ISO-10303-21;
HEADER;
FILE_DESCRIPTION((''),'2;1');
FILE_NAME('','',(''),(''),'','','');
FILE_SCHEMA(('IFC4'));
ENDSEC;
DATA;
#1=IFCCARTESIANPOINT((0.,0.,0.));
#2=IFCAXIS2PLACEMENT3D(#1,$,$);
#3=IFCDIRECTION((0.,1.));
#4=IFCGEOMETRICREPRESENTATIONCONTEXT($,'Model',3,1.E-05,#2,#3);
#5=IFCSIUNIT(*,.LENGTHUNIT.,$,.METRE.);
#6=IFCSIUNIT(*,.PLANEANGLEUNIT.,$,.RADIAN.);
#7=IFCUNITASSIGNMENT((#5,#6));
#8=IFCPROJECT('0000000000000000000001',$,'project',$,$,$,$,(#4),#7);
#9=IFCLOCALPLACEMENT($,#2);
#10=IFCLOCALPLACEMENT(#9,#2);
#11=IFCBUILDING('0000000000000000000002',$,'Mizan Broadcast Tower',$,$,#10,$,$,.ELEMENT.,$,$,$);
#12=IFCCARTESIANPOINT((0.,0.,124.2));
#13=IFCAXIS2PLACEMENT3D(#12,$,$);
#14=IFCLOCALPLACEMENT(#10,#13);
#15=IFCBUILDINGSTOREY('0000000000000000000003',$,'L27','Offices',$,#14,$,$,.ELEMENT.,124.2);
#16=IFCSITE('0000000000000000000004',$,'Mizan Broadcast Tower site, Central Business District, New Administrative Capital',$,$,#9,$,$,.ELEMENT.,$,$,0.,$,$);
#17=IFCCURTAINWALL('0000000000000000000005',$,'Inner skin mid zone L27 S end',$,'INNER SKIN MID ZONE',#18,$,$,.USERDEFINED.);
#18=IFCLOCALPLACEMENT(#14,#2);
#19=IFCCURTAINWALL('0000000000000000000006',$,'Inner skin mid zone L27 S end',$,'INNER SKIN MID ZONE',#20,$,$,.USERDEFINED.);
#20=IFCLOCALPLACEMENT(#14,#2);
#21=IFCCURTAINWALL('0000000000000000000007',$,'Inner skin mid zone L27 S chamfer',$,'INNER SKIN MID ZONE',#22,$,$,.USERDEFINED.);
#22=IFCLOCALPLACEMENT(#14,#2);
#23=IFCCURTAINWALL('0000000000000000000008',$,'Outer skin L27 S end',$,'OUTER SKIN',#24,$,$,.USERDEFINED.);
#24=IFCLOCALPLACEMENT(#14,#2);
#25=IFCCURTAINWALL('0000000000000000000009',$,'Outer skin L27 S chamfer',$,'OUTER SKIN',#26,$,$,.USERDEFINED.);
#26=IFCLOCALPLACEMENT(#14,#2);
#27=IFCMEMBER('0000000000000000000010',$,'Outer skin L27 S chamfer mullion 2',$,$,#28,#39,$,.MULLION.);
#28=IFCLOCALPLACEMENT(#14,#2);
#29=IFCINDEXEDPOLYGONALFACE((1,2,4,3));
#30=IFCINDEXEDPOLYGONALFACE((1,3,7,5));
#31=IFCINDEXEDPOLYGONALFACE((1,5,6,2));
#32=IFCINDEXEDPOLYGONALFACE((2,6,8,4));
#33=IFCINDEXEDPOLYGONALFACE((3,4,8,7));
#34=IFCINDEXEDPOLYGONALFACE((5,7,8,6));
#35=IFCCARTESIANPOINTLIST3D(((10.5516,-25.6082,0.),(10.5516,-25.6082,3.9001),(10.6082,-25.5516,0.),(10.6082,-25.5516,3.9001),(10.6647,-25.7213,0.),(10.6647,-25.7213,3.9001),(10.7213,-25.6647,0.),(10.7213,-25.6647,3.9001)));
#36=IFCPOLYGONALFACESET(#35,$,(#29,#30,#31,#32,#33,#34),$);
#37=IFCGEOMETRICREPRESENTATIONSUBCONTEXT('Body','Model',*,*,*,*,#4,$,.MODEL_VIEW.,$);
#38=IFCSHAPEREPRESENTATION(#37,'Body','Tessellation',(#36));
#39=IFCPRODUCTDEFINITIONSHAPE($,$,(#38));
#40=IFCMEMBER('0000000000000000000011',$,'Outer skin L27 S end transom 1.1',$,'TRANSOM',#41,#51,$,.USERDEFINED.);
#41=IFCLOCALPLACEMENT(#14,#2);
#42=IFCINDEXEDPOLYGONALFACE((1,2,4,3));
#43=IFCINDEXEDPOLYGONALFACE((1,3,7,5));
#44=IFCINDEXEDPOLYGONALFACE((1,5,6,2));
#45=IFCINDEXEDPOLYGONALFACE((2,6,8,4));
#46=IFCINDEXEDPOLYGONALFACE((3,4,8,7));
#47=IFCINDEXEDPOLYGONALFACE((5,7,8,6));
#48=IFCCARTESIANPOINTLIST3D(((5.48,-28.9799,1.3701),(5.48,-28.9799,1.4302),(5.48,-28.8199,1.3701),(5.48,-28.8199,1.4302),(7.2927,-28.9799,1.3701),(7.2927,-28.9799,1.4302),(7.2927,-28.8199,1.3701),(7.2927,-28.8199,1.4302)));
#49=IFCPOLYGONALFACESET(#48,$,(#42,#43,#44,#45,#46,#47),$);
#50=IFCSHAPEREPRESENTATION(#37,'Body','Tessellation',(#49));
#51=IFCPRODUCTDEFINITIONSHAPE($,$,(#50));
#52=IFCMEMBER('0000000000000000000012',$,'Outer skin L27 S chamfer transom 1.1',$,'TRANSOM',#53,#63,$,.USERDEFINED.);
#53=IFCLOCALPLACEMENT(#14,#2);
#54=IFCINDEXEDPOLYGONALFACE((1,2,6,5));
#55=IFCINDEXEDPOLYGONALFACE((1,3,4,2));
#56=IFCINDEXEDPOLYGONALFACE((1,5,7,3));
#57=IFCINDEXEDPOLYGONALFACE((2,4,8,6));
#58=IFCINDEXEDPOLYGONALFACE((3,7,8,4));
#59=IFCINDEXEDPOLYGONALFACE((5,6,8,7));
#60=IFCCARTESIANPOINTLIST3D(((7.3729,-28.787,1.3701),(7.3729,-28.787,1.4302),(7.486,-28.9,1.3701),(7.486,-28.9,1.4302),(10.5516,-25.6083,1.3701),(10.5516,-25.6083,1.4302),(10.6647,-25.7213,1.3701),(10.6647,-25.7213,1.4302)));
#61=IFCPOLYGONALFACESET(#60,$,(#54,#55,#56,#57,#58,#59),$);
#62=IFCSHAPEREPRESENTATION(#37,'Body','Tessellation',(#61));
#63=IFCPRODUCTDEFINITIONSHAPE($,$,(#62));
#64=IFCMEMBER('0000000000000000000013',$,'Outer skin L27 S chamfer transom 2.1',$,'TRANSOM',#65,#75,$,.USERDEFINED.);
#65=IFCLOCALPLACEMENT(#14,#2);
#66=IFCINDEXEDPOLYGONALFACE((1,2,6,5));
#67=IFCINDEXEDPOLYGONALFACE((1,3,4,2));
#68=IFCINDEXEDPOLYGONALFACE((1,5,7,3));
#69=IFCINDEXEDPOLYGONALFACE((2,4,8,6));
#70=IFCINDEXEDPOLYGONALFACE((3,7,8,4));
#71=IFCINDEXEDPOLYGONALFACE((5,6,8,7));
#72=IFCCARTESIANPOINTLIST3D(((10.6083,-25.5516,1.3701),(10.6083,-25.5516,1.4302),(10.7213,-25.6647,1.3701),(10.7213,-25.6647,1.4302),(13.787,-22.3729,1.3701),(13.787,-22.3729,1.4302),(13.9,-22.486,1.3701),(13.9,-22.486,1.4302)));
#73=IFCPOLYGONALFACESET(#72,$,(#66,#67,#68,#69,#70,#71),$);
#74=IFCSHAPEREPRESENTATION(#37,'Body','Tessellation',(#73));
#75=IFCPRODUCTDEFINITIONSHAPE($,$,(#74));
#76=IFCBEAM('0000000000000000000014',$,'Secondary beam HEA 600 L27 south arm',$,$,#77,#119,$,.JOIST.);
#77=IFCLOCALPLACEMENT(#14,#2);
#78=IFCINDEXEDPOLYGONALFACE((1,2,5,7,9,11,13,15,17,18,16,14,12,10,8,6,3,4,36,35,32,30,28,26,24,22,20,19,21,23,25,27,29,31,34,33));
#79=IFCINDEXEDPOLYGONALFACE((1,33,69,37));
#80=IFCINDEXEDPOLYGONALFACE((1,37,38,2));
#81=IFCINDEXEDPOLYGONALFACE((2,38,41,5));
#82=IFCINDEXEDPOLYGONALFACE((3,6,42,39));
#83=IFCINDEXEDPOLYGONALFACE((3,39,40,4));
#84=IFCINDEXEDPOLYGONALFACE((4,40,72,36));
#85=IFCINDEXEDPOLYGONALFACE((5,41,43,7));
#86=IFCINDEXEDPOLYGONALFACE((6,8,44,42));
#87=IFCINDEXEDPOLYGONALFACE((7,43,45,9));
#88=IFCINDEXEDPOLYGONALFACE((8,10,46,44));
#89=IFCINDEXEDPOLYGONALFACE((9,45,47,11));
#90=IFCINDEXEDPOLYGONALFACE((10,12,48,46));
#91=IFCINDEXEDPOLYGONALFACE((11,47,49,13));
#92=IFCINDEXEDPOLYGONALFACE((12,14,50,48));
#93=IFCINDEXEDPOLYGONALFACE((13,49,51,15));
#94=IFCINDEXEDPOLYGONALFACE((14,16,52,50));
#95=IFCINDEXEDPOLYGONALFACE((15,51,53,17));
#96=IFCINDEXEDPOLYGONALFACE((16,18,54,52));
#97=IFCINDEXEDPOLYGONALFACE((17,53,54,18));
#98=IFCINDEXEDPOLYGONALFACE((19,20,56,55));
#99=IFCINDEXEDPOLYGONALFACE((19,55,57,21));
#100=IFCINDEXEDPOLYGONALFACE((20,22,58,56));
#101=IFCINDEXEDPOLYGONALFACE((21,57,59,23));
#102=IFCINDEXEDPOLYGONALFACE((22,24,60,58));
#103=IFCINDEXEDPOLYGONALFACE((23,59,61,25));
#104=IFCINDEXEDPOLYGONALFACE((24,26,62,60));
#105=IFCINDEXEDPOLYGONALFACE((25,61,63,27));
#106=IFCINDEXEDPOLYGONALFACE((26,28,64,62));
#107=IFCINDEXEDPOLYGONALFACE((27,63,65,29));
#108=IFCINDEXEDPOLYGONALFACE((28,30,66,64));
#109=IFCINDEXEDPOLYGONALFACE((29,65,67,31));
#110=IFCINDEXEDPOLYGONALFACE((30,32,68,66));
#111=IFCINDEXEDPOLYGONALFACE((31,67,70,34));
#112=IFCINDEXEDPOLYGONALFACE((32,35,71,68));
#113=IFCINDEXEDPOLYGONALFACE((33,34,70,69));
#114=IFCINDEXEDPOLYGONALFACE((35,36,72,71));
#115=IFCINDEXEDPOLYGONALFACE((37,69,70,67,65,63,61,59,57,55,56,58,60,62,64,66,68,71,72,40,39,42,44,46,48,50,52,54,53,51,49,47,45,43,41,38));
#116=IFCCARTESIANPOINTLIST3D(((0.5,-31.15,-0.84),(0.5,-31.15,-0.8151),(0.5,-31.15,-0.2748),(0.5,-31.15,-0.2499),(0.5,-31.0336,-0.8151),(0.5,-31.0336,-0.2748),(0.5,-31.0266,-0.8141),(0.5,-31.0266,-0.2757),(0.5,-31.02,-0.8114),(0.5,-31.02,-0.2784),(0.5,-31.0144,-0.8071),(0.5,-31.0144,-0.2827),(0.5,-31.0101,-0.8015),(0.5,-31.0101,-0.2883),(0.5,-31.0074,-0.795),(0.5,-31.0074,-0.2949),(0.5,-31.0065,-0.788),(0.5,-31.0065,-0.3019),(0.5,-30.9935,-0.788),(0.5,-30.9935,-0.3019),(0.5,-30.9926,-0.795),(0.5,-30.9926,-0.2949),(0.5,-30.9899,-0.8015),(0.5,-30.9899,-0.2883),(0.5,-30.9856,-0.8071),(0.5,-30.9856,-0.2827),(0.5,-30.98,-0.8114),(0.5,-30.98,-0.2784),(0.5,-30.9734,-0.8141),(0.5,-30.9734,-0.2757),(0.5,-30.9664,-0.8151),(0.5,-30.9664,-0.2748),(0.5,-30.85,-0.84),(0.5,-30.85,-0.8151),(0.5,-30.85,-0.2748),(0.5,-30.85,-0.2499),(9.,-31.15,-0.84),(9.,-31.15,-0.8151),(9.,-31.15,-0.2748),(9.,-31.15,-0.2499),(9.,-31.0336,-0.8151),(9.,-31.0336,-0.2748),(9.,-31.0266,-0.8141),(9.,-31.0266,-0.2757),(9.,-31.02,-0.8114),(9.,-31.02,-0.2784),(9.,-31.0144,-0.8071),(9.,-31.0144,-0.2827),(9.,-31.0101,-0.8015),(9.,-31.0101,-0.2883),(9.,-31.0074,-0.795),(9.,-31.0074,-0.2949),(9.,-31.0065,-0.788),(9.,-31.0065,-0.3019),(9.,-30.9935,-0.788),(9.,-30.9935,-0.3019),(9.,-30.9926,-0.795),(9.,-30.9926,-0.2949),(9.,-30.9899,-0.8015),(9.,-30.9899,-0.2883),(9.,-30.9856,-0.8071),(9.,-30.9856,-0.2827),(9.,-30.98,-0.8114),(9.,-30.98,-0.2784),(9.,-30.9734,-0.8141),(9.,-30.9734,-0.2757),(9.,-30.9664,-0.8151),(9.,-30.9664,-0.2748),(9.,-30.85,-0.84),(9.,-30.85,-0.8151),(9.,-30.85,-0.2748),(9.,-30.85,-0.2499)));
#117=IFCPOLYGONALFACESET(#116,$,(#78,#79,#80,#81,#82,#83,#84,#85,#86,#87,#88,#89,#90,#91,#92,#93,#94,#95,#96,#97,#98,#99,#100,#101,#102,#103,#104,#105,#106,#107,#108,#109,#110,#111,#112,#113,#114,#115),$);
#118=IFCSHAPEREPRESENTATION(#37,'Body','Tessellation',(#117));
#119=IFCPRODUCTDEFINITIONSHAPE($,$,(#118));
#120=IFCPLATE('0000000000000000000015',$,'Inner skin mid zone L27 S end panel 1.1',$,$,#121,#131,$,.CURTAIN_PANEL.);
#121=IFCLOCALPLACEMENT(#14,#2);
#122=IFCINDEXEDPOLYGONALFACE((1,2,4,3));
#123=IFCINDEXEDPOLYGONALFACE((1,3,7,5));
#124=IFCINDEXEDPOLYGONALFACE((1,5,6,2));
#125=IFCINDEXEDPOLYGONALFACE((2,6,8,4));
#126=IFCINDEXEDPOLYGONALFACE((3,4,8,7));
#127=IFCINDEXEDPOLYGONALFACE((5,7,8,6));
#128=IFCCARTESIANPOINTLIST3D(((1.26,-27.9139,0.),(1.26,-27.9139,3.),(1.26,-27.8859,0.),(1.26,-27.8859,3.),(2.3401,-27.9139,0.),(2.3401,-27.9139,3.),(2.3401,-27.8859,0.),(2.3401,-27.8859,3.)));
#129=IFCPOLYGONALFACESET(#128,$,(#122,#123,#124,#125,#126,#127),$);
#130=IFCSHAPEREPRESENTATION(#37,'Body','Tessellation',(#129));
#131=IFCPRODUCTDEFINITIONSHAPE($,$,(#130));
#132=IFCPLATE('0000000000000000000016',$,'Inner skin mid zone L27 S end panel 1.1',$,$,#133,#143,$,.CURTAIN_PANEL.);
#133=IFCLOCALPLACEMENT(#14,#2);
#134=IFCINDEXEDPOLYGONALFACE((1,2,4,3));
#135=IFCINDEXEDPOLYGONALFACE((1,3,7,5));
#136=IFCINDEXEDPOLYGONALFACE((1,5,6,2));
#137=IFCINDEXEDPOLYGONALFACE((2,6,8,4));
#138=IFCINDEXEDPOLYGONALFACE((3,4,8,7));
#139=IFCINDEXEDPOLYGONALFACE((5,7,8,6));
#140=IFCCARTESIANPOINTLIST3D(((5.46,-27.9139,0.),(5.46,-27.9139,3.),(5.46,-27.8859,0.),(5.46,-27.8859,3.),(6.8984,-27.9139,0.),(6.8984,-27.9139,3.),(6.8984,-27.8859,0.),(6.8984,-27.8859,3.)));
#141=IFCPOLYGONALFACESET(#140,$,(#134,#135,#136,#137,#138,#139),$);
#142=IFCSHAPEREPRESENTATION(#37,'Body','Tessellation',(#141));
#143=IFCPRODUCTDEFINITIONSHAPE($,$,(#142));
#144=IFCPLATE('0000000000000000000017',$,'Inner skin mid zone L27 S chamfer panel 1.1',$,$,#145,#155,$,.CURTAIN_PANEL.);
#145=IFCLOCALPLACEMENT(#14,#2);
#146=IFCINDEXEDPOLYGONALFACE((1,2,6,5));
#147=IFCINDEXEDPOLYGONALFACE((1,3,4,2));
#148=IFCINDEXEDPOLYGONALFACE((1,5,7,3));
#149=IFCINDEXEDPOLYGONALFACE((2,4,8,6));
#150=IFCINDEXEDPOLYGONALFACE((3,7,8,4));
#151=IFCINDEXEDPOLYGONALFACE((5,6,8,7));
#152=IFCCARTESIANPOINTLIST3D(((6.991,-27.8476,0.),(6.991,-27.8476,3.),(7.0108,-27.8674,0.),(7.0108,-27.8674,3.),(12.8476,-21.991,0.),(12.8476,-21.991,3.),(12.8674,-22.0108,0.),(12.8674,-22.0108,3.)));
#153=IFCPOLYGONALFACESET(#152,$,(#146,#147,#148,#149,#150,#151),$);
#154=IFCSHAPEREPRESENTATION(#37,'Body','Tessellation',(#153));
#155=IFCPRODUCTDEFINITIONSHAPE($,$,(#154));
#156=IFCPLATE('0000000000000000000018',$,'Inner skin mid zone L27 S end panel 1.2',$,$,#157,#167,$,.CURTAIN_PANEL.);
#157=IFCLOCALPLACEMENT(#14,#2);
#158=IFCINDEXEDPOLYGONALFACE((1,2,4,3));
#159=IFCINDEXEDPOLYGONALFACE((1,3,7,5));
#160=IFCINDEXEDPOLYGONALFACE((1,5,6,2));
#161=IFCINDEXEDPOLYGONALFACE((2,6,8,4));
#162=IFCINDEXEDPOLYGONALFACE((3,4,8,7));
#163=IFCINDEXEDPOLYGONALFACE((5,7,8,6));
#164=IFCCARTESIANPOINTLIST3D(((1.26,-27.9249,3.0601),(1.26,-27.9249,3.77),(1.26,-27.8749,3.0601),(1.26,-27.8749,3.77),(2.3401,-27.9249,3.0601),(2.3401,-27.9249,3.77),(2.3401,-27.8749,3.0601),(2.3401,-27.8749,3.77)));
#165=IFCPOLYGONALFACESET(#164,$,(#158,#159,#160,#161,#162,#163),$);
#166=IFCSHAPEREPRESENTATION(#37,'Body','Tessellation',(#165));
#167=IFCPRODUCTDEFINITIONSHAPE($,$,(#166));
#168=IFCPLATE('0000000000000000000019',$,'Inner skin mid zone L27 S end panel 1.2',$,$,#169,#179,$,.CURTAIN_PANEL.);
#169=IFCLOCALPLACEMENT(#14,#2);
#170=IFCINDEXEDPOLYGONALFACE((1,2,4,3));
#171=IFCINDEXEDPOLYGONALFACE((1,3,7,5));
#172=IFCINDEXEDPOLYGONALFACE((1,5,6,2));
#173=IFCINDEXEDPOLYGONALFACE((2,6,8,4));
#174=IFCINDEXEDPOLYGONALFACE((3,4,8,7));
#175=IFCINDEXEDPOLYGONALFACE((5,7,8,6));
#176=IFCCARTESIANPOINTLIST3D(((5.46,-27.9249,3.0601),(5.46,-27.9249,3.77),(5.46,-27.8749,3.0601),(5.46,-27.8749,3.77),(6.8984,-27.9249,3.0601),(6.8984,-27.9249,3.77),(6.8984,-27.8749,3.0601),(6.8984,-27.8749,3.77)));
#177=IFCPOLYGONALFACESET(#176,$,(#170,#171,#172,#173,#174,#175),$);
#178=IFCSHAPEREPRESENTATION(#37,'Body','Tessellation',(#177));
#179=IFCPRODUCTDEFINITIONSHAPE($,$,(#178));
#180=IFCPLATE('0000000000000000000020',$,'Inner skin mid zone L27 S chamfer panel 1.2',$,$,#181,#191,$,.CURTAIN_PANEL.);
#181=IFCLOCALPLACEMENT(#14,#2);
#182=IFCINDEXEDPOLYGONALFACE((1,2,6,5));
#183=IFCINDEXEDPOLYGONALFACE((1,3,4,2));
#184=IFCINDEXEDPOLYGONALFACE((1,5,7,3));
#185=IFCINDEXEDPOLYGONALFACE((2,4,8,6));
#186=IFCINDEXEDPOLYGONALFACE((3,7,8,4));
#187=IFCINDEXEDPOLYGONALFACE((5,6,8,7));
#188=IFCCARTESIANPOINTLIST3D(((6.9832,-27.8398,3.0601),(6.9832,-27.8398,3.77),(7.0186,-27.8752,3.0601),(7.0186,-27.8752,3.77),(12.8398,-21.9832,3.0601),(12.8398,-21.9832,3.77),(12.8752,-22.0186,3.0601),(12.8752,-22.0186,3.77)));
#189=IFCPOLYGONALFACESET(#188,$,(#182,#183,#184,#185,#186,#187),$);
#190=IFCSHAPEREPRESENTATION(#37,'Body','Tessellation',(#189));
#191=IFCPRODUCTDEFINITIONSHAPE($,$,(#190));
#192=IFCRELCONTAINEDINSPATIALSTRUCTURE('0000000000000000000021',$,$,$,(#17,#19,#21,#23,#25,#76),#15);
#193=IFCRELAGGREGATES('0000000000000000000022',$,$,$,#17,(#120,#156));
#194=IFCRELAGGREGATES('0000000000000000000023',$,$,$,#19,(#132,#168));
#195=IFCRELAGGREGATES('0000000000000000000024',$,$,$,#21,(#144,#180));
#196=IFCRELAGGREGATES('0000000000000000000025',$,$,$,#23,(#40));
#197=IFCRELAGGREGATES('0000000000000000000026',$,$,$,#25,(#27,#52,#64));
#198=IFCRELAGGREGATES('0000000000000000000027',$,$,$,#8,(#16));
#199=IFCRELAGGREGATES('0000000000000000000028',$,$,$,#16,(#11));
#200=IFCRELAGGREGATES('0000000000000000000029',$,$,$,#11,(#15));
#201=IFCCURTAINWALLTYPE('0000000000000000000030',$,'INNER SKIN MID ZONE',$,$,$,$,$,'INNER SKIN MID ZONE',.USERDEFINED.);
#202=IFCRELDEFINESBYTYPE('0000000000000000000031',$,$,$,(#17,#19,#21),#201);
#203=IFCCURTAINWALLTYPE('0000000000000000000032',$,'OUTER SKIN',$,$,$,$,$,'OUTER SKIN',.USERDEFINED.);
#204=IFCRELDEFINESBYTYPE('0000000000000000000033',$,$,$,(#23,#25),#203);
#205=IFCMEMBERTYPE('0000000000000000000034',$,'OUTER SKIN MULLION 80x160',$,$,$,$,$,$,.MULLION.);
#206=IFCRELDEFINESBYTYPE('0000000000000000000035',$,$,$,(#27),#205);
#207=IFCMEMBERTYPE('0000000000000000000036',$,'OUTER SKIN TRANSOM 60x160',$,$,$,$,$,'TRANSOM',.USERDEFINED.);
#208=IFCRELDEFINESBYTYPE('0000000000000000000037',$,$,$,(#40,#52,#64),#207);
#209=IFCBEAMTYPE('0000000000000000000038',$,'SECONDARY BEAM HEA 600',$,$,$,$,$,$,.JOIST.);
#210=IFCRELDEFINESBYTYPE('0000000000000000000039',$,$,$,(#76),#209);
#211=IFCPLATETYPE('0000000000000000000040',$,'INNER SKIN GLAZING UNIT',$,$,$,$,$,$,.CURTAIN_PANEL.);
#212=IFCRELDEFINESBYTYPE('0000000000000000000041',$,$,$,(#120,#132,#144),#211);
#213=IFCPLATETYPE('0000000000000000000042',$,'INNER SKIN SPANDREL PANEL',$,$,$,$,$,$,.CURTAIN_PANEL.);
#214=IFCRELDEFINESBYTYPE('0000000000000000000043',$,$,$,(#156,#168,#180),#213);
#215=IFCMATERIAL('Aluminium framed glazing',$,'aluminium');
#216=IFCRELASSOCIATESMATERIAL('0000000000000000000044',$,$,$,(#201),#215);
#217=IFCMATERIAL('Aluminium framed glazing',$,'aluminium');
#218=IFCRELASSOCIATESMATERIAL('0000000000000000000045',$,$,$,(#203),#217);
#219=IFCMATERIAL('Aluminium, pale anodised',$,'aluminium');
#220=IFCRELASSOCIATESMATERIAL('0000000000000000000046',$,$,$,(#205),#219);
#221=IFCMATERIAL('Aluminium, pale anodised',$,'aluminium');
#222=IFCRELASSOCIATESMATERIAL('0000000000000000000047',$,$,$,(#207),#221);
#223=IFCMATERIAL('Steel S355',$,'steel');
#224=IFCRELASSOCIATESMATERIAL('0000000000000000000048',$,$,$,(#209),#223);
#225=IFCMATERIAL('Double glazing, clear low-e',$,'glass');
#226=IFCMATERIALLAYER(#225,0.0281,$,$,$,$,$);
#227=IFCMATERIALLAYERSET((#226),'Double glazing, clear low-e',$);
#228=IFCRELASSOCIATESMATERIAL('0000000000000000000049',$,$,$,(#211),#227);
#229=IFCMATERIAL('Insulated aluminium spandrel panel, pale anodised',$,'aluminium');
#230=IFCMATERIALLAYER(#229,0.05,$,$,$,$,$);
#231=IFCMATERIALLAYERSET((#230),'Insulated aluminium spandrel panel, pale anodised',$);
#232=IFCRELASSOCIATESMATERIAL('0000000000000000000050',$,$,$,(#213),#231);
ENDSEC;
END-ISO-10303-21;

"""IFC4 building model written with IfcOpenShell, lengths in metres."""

from ifc_helpers import new_model, si_unit, direction, frame, origin, origin_2d, place, context, subcontext, project, spatial, rectangle, i_section, extrude, material, layer, layer_set, material_profile, profile_set, type_object, element, aggregate, save


model = new_model("IFC4")

# Units and contexts
model_context = context("Model", 3, precision=1e-05, world=origin(), true_north=direction((0.0, 1.0)))
body_context = subcontext(model_context, "Body", "Model", "MODEL_VIEW")
ifc_project = project(units=[si_unit("LENGTHUNIT", "METRE"), si_unit("PLANEANGLEUNIT", "RADIAN")], contexts=[model_context])

# Site, building, storey
site_placement = place(None, origin())
site = spatial("IfcSite", under=ifc_project, at=site_placement, Name="Mizan Broadcast Tower site, Central Business District, New Administrative Capital", CompositionType="ELEMENT", RefElevation=0.0)
building_placement = place(site_placement, origin())
building = spatial("IfcBuilding", under=site, at=building_placement, Name="Mizan Broadcast Tower", CompositionType="ELEMENT")
storey_placement = place(building_placement, frame((0.0, 0.0, 124.2)))
storey = spatial("IfcBuildingStorey", under=building, at=storey_placement, Name="L27", Description="Offices", CompositionType="ELEMENT", Elevation=124.2)

# Curtain walls
ifc_material_1 = material(Name="Aluminium framed glazing", Category="aluminium")
curtain_wall_type_1 = type_object("IfcCurtainWallType", Name="INNER SKIN MID ZONE", ElementType="INNER SKIN MID ZONE", PredefinedType="USERDEFINED", material=ifc_material_1)
curtain_wall_1_placement = place(storey_placement, origin())
curtain_wall_1 = element("IfcCurtainWall", 1, at=curtain_wall_1_placement, inside=storey, type_object=curtain_wall_type_1, Name="Inner skin mid zone L27 S end", ObjectType="INNER SKIN MID ZONE", PredefinedType="USERDEFINED")
curtain_wall_2_placement = place(storey_placement, origin())
curtain_wall_2 = element("IfcCurtainWall", 2, at=curtain_wall_2_placement, inside=storey, type_object=curtain_wall_type_1, Name="Inner skin mid zone L27 S end", ObjectType="INNER SKIN MID ZONE", PredefinedType="USERDEFINED")

# Curtain wall
curtain_wall_3_placement = place(storey_placement, origin())
curtain_wall_3 = element("IfcCurtainWall", 3, at=curtain_wall_3_placement, inside=storey, type_object=curtain_wall_type_1, Name="Inner skin mid zone L27 S chamfer", ObjectType="INNER SKIN MID ZONE", PredefinedType="USERDEFINED")
ifc_material_2 = material(Name="Aluminium framed glazing", Category="aluminium")
curtain_wall_type_2 = type_object("IfcCurtainWallType", Name="OUTER SKIN", ElementType="OUTER SKIN", PredefinedType="USERDEFINED", material=ifc_material_2)
ifc_material_3 = material(Name="Aluminium, pale anodised", Category="aluminium")
ifc_material_profile_1 = material_profile(ifc_material_3, rectangle(XDim=0.1599, YDim=0.0801, at=origin_2d()), Name="MULLION 160x80")
ifc_profile_set_1 = profile_set([ifc_material_profile_1], Name="Aluminium, pale anodised")
member_type_1 = type_object("IfcMemberType", Name="OUTER SKIN MULLION 80x160", PredefinedType="MULLION", material=ifc_profile_set_1)

# Curtain wall
curtain_wall_4_placement = place(storey_placement, origin())
curtain_wall_4 = element("IfcCurtainWall", 4, at=curtain_wall_4_placement, inside=storey, type_object=curtain_wall_type_2, Name="Outer skin L27 S end", ObjectType="OUTER SKIN", PredefinedType="USERDEFINED")

# Curtain wall, member
curtain_wall_5_placement = place(storey_placement, origin())
curtain_wall_5 = element("IfcCurtainWall", 5, at=curtain_wall_5_placement, inside=storey, type_object=curtain_wall_type_2, Name="Outer skin L27 S chamfer", ObjectType="OUTER SKIN", PredefinedType="USERDEFINED")
member_1_placement = place(storey_placement, frame((10.6365, -25.6365, 0.0), z_axis=(0.0, 0.0, 1.0), x_axis=(-0.707107, 0.707107, 0.0)))
member_1 = element("IfcMember", 6, at=member_1_placement, type_object=member_type_1, Name="Outer skin L27 S chamfer mullion 2", PredefinedType="MULLION", context=body_context, shape_type="SweptSolid", body=[
    extrude(rectangle(XDim=0.1599, YDim=0.0801, at=origin_2d()), origin(), (0.0, 0.0, 1.0), 3.9001),
])

# Members
ifc_material_4 = material(Name="Aluminium, pale anodised", Category="aluminium")
ifc_material_profile_2 = material_profile(ifc_material_4, rectangle(XDim=0.1599, YDim=0.0601, at=origin_2d()), Name="TRANSOM 160x60")
ifc_profile_set_2 = profile_set([ifc_material_profile_2], Name="Aluminium, pale anodised")
member_type_2 = type_object("IfcMemberType", Name="OUTER SKIN TRANSOM 60x160", ElementType="TRANSOM", PredefinedType="USERDEFINED", material=ifc_profile_set_2)
member_2_placement = place(storey_placement, frame((5.48, -28.8999, 1.4001), z_axis=(1.0, 0.0, 0.0), x_axis=(0.0, 1.0, 0.0)))
member_2 = element("IfcMember", 7, at=member_2_placement, type_object=member_type_2, Name="Outer skin L27 S end transom 1.1", ObjectType="TRANSOM", PredefinedType="USERDEFINED", context=body_context, shape_type="SweptSolid", body=[
    extrude(rectangle(XDim=0.1599, YDim=0.0601, at=origin_2d()), origin(), (0.0, 0.0, 1.0), 1.8127),
])
member_3_placement = place(storey_placement, frame((7.4294, -28.8435, 1.4001), z_axis=(0.707107, 0.707107, 0.0), x_axis=(-0.707107, 0.707107, 0.0)))
member_3 = element("IfcMember", 8, at=member_3_placement, type_object=member_type_2, Name="Outer skin L27 S chamfer transom 1.1", ObjectType="TRANSOM", PredefinedType="USERDEFINED", context=body_context, shape_type="SweptSolid", body=[
    extrude(rectangle(XDim=0.1599, YDim=0.0601, at=origin_2d()), origin(), (0.0, 0.0, 1.0), 4.4954),
])
member_4_placement = place(storey_placement, frame((10.6648, -25.6082, 1.4001), z_axis=(0.707107, 0.707107, 0.0), x_axis=(-0.707107, 0.707107, 0.0)))
member_4 = element("IfcMember", 9, at=member_4_placement, type_object=member_type_2, Name="Outer skin L27 S chamfer transom 2.1", ObjectType="TRANSOM", PredefinedType="USERDEFINED", context=body_context, shape_type="SweptSolid", body=[
    extrude(rectangle(XDim=0.1599, YDim=0.0601, at=origin_2d()), origin(), (0.0, 0.0, 1.0), 4.4954),
])

# Beam
ifc_material_5 = material(Name="Steel S355", Category="steel")
ifc_material_profile_3 = material_profile(ifc_material_5, i_section(OverallWidth=0.3, OverallDepth=0.5901, WebThickness=0.0129, FlangeThickness=0.0249, FilletRadius=0.0271, at=origin_2d()), Name="HEA 600")
ifc_profile_set_3 = profile_set([ifc_material_profile_3], Name="Steel S355")
beam_type_1 = type_object("IfcBeamType", Name="SECONDARY BEAM HEA 600", PredefinedType="JOIST", material=ifc_profile_set_3)
beam_1_placement = place(storey_placement, frame((9.0, -31.0, -0.5449), z_axis=(-1.0, 0.0, 0.0), x_axis=(0.0, -1.0, 0.0)))
element("IfcBeam", 10, at=beam_1_placement, inside=storey, type_object=beam_type_1, Name="Secondary beam HEA 600 L27 south arm", PredefinedType="JOIST", context=body_context, shape_type="SweptSolid", body=[
    extrude(i_section(OverallWidth=0.3, OverallDepth=0.5901, WebThickness=0.0129, FlangeThickness=0.0249, FilletRadius=0.0271, at=origin_2d()), origin(), (0.0, 0.0, 1.0), 8.5),
])

# Plates
ifc_material_6 = material(Name="Double glazing, clear low-e", Category="glass")
ifc_layer_1 = layer(ifc_material_6, 0.0281)
ifc_layer_set_1 = layer_set([ifc_layer_1], Name="Double glazing, clear low-e")
plate_type_1 = type_object("IfcPlateType", Name="INNER SKIN GLAZING UNIT", PredefinedType="CURTAIN_PANEL", material=ifc_layer_set_1)
plate_1_placement = place(storey_placement, frame((1.8, -27.8999, 0.0), z_axis=(0.0, 0.0, 1.0), x_axis=(1.0, 0.0, 0.0)))
plate_1 = element("IfcPlate", 11, at=plate_1_placement, type_object=plate_type_1, Name="Inner skin mid zone L27 S end panel 1.1", PredefinedType="CURTAIN_PANEL", context=body_context, shape_type="SweptSolid", body=[
    extrude(rectangle(XDim=1.0801, YDim=0.0281, at=origin_2d()), origin(), (0.0, 0.0, 1.0), 3.0),
])
plate_2_placement = place(storey_placement, frame((6.1792, -27.8999, 0.0), z_axis=(0.0, 0.0, 1.0), x_axis=(1.0, 0.0, 0.0)))
plate_2 = element("IfcPlate", 12, at=plate_2_placement, type_object=plate_type_1, Name="Inner skin mid zone L27 S end panel 1.1", PredefinedType="CURTAIN_PANEL", context=body_context, shape_type="SweptSolid", body=[
    extrude(rectangle(XDim=1.4385, YDim=0.0281, at=origin_2d()), origin(), (0.0, 0.0, 1.0), 3.0),
])
plate_3_placement = place(storey_placement, frame((9.9292, -24.9292, 0.0), z_axis=(0.0, 0.0, 1.0), x_axis=(0.707107, 0.707107, 0.0)))
plate_3 = element("IfcPlate", 13, at=plate_3_placement, type_object=plate_type_1, Name="Inner skin mid zone L27 S chamfer panel 1.1", PredefinedType="CURTAIN_PANEL", context=body_context, shape_type="SweptSolid", body=[
    extrude(rectangle(XDim=8.2825, YDim=0.0281, at=origin_2d()), origin(), (0.0, 0.0, 1.0), 3.0),
])
ifc_material_7 = material(Name="Insulated aluminium spandrel panel, pale anodised", Category="aluminium")
ifc_layer_2 = layer(ifc_material_7, 0.05)
ifc_layer_set_2 = layer_set([ifc_layer_2], Name="Insulated aluminium spandrel panel, pale anodised")
plate_type_2 = type_object("IfcPlateType", Name="INNER SKIN SPANDREL PANEL", PredefinedType="CURTAIN_PANEL", material=ifc_layer_set_2)
plate_4_placement = place(storey_placement, frame((1.8, -27.8999, 3.0601), z_axis=(0.0, 0.0, 1.0), x_axis=(1.0, 0.0, 0.0)))
plate_4 = element("IfcPlate", 14, at=plate_4_placement, type_object=plate_type_2, Name="Inner skin mid zone L27 S end panel 1.2", PredefinedType="CURTAIN_PANEL", context=body_context, shape_type="SweptSolid", body=[
    extrude(rectangle(XDim=1.0801, YDim=0.05, at=origin_2d()), origin(), (0.0, 0.0, 1.0), 0.71),
])
aggregate(curtain_wall_1, [plate_1, plate_4])
plate_5_placement = place(storey_placement, frame((6.1792, -27.8999, 3.0601), z_axis=(0.0, 0.0, 1.0), x_axis=(1.0, 0.0, 0.0)))
plate_5 = element("IfcPlate", 15, at=plate_5_placement, type_object=plate_type_2, Name="Inner skin mid zone L27 S end panel 1.2", PredefinedType="CURTAIN_PANEL", context=body_context, shape_type="SweptSolid", body=[
    extrude(rectangle(XDim=1.4385, YDim=0.05, at=origin_2d()), origin(), (0.0, 0.0, 1.0), 0.71),
])
aggregate(curtain_wall_2, [plate_2, plate_5])
plate_6_placement = place(storey_placement, frame((9.9292, -24.9292, 3.0601), z_axis=(0.0, 0.0, 1.0), x_axis=(0.707107, 0.707107, 0.0)))
plate_6 = element("IfcPlate", 16, at=plate_6_placement, type_object=plate_type_2, Name="Inner skin mid zone L27 S chamfer panel 1.2", PredefinedType="CURTAIN_PANEL", context=body_context, shape_type="SweptSolid", body=[
    extrude(rectangle(XDim=8.2825, YDim=0.05, at=origin_2d()), origin(), (0.0, 0.0, 1.0), 0.71),
])
aggregate(curtain_wall_3, [plate_3, plate_6])
aggregate(curtain_wall_4, [member_2])
aggregate(curtain_wall_5, [member_1, member_3, member_4])

save(model, "model.ifc")
